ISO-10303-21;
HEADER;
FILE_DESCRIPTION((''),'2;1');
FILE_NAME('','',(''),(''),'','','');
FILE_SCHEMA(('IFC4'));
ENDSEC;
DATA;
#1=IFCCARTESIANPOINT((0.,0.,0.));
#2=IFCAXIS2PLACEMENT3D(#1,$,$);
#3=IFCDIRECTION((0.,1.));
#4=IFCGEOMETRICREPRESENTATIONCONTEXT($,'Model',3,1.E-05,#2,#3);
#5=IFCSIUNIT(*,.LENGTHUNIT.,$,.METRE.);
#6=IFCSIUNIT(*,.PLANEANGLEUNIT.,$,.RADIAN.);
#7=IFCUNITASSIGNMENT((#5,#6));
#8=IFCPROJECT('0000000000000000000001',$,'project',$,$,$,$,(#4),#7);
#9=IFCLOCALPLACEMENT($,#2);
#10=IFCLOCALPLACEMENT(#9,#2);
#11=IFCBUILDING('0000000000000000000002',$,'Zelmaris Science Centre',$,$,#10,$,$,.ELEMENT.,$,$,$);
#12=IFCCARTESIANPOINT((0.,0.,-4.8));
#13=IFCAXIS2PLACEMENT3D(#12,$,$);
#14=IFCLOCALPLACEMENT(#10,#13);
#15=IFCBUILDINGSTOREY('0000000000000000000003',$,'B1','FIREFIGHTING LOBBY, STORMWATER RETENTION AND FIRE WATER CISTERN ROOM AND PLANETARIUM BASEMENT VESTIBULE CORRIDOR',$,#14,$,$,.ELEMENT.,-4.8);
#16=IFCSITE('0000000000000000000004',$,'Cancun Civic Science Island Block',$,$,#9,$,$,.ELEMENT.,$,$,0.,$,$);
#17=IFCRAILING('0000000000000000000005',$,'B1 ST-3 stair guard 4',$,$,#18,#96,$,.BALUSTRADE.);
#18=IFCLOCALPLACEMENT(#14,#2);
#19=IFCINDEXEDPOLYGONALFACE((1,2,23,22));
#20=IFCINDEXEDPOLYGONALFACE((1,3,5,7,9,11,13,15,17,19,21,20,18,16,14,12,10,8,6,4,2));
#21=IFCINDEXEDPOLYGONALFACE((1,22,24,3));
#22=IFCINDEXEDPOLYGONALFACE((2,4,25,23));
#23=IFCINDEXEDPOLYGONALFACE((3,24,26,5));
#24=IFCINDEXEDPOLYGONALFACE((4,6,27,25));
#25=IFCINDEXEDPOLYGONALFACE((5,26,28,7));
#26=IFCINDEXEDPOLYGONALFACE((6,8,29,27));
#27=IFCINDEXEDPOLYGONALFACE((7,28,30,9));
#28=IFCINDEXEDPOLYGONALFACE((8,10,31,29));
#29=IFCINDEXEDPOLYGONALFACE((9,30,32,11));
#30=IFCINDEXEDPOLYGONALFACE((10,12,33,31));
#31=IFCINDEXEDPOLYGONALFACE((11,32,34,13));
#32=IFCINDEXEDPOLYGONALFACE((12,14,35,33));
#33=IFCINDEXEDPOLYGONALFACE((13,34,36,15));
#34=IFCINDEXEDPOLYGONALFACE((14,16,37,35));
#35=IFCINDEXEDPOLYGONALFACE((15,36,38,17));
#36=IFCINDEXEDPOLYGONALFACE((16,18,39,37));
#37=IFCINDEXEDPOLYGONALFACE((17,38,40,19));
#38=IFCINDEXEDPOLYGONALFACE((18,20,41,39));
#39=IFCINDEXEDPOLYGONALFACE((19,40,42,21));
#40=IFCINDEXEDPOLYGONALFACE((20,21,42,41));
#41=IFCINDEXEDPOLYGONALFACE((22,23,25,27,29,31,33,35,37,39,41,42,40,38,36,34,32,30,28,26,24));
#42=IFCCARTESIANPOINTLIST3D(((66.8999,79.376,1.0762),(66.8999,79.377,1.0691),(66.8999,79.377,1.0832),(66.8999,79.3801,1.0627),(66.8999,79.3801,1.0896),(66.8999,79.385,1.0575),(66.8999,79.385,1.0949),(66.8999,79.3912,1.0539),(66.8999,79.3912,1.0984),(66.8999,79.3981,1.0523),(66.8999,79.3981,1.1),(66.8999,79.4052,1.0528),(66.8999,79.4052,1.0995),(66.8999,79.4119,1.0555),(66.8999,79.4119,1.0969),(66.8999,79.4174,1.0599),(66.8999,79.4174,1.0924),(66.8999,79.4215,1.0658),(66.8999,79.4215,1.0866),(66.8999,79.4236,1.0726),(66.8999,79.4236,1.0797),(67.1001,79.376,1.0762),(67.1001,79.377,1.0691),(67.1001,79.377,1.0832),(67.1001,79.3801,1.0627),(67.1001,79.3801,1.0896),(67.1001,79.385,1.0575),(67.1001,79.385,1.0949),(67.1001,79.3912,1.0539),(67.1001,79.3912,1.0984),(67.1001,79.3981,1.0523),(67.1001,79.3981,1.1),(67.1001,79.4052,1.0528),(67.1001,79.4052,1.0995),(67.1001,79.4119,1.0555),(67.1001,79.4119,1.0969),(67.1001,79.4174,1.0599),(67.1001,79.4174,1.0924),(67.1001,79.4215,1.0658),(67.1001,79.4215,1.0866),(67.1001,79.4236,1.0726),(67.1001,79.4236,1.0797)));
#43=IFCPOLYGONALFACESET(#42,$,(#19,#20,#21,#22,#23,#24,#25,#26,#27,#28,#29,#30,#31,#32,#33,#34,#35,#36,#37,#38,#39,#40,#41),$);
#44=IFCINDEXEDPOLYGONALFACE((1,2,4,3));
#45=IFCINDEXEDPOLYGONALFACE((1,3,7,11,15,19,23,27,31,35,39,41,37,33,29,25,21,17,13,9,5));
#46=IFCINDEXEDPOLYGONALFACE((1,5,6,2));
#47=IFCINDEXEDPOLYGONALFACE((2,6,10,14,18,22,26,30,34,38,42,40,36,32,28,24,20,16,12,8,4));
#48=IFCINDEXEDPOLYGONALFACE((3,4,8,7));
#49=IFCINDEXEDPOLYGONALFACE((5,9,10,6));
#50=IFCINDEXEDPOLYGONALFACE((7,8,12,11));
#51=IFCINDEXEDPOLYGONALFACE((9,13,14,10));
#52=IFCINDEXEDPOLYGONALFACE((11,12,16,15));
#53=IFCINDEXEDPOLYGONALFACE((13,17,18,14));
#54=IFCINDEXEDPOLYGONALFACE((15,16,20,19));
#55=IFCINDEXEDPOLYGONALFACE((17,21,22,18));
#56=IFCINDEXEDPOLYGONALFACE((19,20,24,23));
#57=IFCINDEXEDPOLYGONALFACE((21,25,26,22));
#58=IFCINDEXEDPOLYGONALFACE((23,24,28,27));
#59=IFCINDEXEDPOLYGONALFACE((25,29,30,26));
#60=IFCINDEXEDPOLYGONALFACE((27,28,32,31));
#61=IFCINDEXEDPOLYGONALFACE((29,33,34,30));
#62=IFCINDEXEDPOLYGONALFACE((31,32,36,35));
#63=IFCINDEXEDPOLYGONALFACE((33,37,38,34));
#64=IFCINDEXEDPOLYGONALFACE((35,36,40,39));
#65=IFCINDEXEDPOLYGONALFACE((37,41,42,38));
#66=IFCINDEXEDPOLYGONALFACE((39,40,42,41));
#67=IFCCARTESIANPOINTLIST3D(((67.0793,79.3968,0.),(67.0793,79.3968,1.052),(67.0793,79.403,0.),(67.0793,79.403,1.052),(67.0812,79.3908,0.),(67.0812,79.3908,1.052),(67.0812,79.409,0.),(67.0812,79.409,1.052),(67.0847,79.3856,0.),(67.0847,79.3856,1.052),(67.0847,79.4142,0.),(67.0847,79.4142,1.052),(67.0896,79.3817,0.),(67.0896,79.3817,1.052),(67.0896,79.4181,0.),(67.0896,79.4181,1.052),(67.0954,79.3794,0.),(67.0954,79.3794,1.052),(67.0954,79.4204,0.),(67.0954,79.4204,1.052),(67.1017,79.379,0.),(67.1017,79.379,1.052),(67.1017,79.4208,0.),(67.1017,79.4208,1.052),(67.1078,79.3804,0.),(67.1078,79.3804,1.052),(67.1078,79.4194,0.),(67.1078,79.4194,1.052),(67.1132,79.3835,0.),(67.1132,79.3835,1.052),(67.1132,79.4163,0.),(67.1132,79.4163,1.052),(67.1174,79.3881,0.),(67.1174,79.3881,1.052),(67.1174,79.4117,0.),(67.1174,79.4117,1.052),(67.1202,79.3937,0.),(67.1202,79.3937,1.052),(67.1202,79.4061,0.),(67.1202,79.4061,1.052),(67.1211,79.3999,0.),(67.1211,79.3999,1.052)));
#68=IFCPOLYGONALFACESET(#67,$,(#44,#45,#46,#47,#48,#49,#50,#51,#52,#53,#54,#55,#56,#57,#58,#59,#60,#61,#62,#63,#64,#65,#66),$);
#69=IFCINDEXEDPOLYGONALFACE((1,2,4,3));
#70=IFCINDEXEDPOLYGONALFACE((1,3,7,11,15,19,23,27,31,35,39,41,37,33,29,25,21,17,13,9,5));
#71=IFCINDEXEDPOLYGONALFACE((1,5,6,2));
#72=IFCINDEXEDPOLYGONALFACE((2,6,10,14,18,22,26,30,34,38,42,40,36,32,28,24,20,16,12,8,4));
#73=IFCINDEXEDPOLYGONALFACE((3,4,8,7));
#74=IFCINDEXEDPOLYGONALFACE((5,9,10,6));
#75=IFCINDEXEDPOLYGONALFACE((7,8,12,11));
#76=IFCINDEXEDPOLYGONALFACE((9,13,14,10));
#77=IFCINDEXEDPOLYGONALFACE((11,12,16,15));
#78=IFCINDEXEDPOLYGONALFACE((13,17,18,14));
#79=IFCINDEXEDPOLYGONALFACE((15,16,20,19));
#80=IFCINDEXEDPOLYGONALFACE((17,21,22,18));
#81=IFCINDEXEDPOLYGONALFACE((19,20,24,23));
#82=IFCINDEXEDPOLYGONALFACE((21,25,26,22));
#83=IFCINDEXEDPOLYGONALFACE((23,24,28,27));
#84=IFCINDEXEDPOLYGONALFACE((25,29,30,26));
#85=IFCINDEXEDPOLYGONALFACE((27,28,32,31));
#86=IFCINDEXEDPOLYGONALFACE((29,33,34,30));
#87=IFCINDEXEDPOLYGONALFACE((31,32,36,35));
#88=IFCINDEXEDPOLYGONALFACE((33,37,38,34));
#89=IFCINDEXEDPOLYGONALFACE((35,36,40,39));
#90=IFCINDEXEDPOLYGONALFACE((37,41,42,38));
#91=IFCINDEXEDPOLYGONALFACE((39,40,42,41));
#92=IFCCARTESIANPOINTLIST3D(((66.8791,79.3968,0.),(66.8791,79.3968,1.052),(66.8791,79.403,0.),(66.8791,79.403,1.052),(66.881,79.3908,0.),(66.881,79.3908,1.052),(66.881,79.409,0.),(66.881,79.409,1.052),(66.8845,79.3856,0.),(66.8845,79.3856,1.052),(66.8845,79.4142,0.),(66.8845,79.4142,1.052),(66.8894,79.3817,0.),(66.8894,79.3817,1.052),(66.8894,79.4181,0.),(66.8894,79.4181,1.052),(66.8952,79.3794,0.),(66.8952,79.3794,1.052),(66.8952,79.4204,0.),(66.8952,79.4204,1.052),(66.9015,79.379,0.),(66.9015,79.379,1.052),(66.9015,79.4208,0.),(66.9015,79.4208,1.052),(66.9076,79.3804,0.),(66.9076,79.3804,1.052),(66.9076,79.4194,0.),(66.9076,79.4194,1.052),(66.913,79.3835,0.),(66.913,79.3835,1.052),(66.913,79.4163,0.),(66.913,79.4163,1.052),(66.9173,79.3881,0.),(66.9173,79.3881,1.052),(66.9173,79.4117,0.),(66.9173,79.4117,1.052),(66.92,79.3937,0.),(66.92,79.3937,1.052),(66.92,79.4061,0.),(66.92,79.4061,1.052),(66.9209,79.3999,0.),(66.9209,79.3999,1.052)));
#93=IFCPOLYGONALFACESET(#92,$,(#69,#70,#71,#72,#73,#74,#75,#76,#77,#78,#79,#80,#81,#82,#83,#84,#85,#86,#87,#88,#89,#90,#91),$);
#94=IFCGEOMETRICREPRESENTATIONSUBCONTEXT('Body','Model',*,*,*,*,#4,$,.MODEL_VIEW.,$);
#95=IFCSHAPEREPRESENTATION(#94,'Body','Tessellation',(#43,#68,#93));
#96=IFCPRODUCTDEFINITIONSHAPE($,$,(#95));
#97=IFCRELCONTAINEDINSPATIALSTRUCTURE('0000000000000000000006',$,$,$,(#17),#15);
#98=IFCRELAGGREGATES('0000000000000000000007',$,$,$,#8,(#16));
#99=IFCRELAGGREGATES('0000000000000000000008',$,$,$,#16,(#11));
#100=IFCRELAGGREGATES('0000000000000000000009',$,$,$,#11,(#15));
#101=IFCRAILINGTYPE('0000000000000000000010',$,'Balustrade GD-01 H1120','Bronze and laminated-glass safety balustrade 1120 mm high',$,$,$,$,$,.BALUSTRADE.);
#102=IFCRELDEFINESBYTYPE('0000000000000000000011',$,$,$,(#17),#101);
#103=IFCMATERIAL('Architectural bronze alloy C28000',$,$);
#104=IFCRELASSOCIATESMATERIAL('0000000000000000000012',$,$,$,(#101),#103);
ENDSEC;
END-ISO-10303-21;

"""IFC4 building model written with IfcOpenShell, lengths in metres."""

from ifc_helpers import new_model, si_unit, direction, frame, origin, origin_2d, place, context, subcontext, project, spatial, circle, extrude, material, type_object, element, save


model = new_model("IFC4")

# Units and contexts
model_context = context("Model", 3, precision=1e-05, world=origin(), true_north=direction((0.0, 1.0)))
body_context = subcontext(model_context, "Body", "Model", "MODEL_VIEW")
ifc_project = project(units=[si_unit("LENGTHUNIT", "METRE"), si_unit("PLANEANGLEUNIT", "RADIAN")], contexts=[model_context])

# Site, building, storey
site_placement = place(None, origin())
site = spatial("IfcSite", under=ifc_project, at=site_placement, Name="Cancun Civic Science Island Block", CompositionType="ELEMENT", RefElevation=0.0)
building_placement = place(site_placement, origin())
building = spatial("IfcBuilding", under=site, at=building_placement, Name="Zelmaris Science Centre", CompositionType="ELEMENT")
storey_placement = place(building_placement, frame((0.0, 0.0, -4.8)))
storey = spatial("IfcBuildingStorey", under=building, at=storey_placement, Name="B1", Description="FIREFIGHTING LOBBY, STORMWATER RETENTION AND FIRE WATER CISTERN ROOM AND PLANETARIUM BASEMENT VESTIBULE CORRIDOR", CompositionType="ELEMENT", Elevation=-4.8)

# Railing
ifc_material_1 = material(Name="Architectural bronze alloy C28000")
railing_type_1 = type_object("IfcRailingType", Name="Balustrade GD-01 H1120", Description="Bronze and laminated-glass safety balustrade 1120 mm high", PredefinedType="BALUSTRADE", material=ifc_material_1)
railing_1_placement = place(storey_placement, frame((67.1001, 79.3999, 0.0)))
element("IfcRailing", 1, at=railing_1_placement, inside=storey, type_object=railing_type_1, Name="B1 ST-3 stair guard 4", PredefinedType="BALUSTRADE", context=body_context, shape_type="SweptSolid", body=[
    extrude(circle(Radius=0.0239, at=origin_2d()), frame((0.0, 0.0, 1.0762), z_axis=(-1.0, 0.0, 0.0), x_axis=(0.0, -1.0, 0.0)), (0.0, 0.0, 1.0), 0.2002),
    extrude(circle(Radius=0.021, at=origin_2d()), origin(), (0.0, 0.0, 1.0), 1.052),
    extrude(circle(Radius=0.021, at=origin_2d()), frame((-0.2002, 0.0, 0.0)), (0.0, 0.0, 1.0), 1.052),
])

save(model, "model.ifc")
